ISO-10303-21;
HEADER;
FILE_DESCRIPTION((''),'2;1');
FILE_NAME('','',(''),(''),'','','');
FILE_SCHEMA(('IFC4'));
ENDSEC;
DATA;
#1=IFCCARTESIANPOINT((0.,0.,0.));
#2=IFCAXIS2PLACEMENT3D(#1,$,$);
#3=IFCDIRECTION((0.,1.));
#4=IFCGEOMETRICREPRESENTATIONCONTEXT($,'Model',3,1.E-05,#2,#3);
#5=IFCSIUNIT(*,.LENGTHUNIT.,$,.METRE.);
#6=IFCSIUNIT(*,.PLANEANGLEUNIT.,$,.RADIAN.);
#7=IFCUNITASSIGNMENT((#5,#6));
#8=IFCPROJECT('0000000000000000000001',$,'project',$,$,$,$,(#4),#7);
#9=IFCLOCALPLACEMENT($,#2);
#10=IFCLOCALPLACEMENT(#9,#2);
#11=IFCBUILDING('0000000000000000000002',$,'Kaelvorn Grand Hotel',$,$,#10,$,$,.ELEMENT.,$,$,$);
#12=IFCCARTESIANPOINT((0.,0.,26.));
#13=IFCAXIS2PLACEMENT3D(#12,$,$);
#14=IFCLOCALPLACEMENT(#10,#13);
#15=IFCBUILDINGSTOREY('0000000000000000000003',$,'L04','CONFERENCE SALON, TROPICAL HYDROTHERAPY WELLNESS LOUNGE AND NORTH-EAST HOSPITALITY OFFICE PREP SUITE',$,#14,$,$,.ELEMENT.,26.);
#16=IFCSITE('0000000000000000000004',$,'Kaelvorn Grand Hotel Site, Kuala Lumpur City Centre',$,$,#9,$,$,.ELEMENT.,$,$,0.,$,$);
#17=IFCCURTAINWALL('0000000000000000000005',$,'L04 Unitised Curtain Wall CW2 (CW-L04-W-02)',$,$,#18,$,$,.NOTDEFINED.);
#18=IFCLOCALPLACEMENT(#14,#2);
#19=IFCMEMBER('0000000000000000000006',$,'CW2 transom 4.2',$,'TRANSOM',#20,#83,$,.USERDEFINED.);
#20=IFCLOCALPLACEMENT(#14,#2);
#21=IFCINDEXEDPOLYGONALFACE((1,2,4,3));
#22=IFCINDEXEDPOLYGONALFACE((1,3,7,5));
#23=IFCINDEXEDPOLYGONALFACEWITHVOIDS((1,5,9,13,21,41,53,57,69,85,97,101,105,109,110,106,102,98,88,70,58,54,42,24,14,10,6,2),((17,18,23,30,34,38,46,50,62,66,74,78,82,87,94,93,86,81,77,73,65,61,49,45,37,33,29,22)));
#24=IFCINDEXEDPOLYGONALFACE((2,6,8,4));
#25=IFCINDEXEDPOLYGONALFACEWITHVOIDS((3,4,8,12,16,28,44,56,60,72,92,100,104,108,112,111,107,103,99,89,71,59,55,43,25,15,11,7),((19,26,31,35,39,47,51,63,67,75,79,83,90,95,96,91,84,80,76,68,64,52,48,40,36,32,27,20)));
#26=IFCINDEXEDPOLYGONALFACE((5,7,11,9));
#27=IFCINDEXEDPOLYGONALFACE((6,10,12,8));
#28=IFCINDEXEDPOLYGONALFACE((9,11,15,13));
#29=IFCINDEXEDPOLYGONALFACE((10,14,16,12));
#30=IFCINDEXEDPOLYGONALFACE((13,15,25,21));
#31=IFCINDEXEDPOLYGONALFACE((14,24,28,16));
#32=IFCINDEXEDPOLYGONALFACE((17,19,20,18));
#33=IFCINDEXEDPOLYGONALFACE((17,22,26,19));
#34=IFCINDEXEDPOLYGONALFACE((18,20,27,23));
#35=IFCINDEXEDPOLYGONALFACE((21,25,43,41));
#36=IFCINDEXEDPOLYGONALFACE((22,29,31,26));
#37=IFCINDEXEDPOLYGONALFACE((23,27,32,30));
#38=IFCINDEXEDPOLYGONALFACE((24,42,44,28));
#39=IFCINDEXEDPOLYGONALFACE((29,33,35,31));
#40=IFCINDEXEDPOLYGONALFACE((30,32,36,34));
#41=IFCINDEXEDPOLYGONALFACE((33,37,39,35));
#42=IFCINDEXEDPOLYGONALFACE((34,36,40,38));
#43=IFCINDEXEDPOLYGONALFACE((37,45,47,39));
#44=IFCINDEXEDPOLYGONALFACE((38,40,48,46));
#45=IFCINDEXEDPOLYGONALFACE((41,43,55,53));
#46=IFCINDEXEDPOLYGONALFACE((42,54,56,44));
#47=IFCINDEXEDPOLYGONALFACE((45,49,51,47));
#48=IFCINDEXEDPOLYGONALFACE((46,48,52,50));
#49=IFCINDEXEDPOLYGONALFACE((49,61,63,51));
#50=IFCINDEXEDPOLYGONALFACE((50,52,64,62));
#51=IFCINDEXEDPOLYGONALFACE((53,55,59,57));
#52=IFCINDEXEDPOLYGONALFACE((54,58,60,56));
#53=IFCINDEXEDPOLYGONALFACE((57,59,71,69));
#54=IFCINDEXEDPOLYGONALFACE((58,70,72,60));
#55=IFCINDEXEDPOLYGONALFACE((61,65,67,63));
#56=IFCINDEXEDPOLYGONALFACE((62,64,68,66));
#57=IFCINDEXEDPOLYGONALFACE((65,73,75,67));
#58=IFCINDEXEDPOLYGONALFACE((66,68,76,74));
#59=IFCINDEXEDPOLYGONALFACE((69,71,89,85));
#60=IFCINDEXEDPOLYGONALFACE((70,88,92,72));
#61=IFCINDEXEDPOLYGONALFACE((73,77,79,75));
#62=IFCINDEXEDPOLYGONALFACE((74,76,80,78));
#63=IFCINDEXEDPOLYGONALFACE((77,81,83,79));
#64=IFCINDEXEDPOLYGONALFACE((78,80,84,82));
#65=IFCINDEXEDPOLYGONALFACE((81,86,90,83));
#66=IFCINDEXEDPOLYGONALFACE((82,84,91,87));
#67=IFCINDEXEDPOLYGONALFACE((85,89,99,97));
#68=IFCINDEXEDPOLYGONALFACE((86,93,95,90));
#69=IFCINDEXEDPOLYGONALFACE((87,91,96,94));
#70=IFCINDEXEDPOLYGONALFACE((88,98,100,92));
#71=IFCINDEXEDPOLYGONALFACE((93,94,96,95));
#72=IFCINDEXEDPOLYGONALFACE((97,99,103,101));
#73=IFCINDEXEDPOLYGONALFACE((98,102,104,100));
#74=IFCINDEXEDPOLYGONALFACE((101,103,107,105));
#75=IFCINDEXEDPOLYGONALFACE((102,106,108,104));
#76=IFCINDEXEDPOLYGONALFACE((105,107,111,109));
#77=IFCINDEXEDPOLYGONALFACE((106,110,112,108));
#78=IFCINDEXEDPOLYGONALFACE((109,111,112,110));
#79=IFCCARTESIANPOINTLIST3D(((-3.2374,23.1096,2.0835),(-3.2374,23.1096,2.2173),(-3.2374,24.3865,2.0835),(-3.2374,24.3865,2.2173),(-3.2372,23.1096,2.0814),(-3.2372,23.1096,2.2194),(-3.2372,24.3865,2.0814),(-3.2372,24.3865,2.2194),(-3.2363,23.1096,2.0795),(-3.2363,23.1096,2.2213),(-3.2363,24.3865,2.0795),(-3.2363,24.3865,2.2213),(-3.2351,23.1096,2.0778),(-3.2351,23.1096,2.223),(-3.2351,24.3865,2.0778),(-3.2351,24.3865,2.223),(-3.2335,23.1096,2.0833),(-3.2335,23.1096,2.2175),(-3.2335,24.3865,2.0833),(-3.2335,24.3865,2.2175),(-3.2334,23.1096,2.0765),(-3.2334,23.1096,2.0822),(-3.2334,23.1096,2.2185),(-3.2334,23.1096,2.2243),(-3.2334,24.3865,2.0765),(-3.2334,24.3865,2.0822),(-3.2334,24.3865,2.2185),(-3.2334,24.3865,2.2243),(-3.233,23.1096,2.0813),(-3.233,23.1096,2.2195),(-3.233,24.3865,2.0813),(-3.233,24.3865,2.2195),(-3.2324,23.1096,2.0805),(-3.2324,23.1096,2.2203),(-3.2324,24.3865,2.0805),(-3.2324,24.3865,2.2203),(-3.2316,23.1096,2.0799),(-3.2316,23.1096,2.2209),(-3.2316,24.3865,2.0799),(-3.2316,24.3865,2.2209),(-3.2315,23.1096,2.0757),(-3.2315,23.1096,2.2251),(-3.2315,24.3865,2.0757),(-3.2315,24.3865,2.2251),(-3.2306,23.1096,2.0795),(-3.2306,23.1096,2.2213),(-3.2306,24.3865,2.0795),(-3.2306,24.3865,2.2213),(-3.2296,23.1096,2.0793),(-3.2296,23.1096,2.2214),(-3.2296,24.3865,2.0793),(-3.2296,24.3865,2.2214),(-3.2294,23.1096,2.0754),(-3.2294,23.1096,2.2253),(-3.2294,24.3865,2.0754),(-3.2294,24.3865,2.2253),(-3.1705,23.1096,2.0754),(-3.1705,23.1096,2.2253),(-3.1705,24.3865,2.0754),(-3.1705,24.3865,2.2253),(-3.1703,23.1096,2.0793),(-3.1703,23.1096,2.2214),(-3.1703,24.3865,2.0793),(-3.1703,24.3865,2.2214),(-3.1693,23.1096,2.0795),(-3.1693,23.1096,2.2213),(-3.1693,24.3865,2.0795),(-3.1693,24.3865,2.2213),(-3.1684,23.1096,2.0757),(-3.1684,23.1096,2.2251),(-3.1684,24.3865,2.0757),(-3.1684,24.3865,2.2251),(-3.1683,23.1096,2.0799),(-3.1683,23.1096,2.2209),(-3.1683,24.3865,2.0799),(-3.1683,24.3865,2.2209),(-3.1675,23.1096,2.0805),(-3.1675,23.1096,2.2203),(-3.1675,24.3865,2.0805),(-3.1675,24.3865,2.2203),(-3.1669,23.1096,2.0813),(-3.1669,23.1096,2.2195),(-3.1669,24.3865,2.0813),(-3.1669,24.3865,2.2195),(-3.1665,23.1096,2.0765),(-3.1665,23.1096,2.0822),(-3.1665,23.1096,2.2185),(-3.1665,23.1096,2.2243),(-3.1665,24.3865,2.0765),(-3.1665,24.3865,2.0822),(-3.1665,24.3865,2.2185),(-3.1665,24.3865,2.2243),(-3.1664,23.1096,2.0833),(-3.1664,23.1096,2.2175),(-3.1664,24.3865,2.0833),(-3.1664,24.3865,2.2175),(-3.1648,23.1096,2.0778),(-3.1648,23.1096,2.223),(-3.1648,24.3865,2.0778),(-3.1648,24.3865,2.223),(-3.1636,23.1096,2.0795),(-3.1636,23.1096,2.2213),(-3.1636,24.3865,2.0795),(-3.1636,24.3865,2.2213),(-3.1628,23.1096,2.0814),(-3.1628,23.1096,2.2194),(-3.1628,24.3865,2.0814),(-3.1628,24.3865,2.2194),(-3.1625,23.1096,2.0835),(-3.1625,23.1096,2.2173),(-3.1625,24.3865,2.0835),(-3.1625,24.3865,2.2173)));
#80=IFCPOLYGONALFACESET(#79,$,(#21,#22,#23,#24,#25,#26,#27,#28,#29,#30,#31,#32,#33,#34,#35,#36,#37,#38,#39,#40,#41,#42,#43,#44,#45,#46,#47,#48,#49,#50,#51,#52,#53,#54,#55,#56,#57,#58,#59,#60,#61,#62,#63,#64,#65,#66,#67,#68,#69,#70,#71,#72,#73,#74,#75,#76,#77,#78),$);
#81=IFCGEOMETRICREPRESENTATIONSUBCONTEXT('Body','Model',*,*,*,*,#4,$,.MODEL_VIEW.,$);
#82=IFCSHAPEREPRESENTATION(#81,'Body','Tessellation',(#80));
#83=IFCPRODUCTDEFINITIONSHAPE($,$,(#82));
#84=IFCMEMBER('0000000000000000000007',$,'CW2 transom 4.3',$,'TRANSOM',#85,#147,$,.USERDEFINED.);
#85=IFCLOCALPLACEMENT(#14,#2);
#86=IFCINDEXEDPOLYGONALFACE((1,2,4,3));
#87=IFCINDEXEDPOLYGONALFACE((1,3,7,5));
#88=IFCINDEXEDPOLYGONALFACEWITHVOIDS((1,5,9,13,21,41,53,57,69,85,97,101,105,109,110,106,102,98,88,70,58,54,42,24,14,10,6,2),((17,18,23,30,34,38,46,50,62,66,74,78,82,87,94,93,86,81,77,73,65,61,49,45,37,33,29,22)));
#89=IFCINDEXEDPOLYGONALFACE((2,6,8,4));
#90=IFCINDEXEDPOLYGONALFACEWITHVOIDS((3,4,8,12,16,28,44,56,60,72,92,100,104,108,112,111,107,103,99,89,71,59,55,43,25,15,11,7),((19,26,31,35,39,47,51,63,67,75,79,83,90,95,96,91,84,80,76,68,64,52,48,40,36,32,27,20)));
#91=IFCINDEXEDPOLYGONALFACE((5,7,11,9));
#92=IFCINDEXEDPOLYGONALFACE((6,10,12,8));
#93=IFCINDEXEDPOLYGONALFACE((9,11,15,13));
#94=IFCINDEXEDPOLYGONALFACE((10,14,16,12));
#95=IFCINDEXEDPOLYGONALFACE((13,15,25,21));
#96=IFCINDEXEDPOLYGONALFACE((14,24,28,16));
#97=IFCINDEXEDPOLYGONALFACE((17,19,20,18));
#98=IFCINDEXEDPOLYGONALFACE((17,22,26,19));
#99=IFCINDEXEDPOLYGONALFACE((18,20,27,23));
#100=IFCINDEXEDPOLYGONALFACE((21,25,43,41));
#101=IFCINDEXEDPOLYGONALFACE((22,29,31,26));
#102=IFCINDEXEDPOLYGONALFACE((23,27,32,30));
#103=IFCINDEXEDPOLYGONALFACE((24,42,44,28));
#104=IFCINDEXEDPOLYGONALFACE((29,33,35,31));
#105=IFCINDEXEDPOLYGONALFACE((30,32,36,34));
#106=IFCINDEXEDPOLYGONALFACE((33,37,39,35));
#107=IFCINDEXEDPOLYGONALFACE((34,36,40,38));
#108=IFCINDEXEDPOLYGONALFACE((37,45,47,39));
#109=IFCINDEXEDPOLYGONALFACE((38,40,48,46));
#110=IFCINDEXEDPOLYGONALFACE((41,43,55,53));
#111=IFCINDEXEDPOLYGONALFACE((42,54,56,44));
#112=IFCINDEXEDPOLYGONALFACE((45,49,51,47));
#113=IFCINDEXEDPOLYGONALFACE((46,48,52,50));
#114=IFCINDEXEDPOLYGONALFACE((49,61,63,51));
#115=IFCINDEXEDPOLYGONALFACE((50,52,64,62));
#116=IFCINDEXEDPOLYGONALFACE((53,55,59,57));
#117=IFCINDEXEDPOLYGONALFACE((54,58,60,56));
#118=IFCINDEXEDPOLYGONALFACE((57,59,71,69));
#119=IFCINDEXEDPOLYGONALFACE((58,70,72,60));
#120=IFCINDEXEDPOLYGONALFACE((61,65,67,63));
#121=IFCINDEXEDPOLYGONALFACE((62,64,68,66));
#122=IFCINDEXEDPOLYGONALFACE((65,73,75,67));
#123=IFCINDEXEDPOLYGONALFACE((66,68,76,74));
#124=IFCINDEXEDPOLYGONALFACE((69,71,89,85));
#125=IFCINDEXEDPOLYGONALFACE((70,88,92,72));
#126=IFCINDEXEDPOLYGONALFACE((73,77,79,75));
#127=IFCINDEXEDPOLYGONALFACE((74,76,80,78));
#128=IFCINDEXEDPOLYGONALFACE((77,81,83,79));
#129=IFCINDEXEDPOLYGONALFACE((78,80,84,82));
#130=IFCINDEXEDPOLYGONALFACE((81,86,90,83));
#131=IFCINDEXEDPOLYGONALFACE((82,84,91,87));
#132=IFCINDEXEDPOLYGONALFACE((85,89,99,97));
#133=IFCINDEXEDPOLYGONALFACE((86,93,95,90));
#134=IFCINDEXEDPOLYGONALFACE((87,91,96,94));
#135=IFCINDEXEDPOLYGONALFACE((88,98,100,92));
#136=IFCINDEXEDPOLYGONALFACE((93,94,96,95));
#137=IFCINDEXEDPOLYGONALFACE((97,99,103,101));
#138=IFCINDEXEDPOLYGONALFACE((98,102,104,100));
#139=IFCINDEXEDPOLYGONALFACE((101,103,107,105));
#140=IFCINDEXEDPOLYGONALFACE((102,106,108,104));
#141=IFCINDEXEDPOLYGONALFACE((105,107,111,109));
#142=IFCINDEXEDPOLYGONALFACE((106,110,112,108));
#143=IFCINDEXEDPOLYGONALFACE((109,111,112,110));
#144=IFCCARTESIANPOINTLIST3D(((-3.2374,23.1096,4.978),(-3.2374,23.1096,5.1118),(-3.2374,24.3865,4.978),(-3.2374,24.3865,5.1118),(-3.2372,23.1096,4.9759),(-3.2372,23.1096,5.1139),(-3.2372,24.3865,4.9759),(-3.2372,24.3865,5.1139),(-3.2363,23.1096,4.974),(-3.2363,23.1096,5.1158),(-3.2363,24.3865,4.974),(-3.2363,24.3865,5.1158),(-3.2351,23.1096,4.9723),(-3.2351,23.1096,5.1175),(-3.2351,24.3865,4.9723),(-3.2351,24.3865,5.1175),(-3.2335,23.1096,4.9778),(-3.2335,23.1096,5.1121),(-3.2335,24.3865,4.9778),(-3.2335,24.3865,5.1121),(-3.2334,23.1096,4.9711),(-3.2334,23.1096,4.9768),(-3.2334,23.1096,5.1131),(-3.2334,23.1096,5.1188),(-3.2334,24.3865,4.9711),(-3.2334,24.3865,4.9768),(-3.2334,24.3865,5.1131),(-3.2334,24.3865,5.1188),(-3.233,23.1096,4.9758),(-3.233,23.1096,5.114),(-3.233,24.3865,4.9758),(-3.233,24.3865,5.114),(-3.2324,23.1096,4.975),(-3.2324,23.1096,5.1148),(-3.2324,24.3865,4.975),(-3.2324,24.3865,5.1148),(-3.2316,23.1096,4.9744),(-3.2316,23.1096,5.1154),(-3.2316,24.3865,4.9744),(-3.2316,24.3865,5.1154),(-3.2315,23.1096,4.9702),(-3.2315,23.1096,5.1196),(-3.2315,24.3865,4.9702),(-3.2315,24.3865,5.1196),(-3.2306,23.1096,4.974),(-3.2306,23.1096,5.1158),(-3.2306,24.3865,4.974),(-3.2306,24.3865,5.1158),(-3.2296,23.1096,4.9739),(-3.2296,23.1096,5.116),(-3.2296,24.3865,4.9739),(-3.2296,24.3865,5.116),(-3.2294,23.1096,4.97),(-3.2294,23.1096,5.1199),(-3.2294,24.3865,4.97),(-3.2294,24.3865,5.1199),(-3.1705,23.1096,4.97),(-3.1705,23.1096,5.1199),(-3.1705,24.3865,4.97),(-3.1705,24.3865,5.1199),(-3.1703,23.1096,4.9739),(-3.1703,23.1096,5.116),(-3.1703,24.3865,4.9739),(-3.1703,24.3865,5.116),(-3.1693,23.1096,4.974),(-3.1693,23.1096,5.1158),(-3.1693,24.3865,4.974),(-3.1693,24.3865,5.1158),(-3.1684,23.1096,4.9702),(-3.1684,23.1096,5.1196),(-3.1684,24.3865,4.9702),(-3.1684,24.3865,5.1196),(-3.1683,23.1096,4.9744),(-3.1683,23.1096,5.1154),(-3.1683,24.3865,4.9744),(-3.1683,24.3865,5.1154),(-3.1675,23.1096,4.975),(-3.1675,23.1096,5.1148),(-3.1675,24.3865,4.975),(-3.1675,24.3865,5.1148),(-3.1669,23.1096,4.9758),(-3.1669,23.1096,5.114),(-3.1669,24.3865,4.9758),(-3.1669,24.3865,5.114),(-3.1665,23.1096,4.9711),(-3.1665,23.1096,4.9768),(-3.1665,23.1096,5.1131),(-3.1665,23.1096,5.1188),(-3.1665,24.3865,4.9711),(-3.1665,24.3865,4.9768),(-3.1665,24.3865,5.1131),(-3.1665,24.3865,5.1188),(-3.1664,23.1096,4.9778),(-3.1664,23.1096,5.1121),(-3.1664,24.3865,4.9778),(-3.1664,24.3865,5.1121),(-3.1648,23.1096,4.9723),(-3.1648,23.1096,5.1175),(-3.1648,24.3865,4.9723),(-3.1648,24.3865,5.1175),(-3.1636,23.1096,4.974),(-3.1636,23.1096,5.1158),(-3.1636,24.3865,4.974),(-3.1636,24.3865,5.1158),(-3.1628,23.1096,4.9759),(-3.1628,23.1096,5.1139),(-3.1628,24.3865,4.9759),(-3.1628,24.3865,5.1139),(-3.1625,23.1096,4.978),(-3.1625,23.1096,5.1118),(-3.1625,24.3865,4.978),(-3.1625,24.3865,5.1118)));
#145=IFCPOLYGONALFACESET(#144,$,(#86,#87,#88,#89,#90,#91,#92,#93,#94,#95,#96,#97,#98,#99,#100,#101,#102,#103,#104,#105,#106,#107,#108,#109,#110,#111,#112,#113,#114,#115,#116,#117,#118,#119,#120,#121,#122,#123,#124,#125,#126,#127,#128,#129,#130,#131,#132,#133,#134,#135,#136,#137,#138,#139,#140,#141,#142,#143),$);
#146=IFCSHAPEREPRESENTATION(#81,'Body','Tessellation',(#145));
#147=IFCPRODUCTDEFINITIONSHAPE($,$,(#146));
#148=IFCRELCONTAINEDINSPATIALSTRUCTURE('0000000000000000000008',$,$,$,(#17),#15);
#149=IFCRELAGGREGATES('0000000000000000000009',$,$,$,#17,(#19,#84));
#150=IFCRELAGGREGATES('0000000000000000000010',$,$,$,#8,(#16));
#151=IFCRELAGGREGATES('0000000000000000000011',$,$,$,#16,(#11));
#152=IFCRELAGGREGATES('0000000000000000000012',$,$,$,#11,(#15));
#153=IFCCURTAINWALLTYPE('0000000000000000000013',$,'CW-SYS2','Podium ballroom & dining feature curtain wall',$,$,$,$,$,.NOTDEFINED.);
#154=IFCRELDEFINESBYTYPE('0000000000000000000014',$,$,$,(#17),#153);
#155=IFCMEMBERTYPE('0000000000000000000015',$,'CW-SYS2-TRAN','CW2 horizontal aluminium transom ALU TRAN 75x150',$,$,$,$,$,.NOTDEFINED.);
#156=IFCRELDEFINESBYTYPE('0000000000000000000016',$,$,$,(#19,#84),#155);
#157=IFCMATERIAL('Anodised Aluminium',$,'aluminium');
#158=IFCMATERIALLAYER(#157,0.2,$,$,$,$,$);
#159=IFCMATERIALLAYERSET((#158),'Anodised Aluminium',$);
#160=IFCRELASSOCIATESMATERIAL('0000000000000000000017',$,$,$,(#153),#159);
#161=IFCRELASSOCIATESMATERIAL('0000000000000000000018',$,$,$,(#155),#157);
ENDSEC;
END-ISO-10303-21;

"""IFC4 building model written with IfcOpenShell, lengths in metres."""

from ifc_helpers import new_model, si_unit, direction, frame, origin, origin_2d, place, context, subcontext, project, spatial, hollow_rectangle, extrude, material, layer, layer_set, material_profile, profile_set, type_object, element, aggregate, save


model = new_model("IFC4")

# Units and contexts
model_context = context("Model", 3, precision=1e-05, world=origin(), true_north=direction((0.0, 1.0)))
body_context = subcontext(model_context, "Body", "Model", "MODEL_VIEW")
ifc_project = project(units=[si_unit("LENGTHUNIT", "METRE"), si_unit("PLANEANGLEUNIT", "RADIAN")], contexts=[model_context])

# Site, building, storey
site_placement = place(None, origin())
site = spatial("IfcSite", under=ifc_project, at=site_placement, Name="Kaelvorn Grand Hotel Site, Kuala Lumpur City Centre", CompositionType="ELEMENT", RefElevation=0.0)
building_placement = place(site_placement, origin())
building = spatial("IfcBuilding", under=site, at=building_placement, Name="Kaelvorn Grand Hotel", CompositionType="ELEMENT")
storey_placement = place(building_placement, frame((0.0, 0.0, 26.0)))
storey = spatial("IfcBuildingStorey", under=building, at=storey_placement, Name="L04", Description="CONFERENCE SALON, TROPICAL HYDROTHERAPY WELLNESS LOUNGE AND NORTH-EAST HOSPITALITY OFFICE PREP SUITE", CompositionType="ELEMENT", Elevation=26.0)

# Curtain wall
ifc_material_1 = material(Name="Anodised Aluminium", Category="aluminium")
ifc_layer_1 = layer(ifc_material_1, 0.2)
ifc_layer_set_1 = layer_set([ifc_layer_1], Name="Anodised Aluminium")
curtain_wall_type = type_object("IfcCurtainWallType", Name="CW-SYS2", Description="Podium ballroom & dining feature curtain wall", PredefinedType="NOTDEFINED", material=ifc_layer_set_1)
curtain_wall_1_placement = place(storey_placement, origin())
curtain_wall_1 = element("IfcCurtainWall", 1, at=curtain_wall_1_placement, inside=storey, type_object=curtain_wall_type, Name="L04 Unitised Curtain Wall CW2 (CW-L04-W-02)", PredefinedType="NOTDEFINED")

# Members
ifc_material_profile_1 = material_profile(ifc_material_1, hollow_rectangle(XDim=0.075, YDim=0.1499, WallThickness=0.0039, InnerFilletRadius=0.0039, OuterFilletRadius=0.0081, at=origin_2d()), Name="ALU TRAN 75x150")
ifc_profile_set_1 = profile_set([ifc_material_profile_1], Name="Anodised Aluminium")
member_type_1 = type_object("IfcMemberType", Name="CW-SYS2-TRAN", Description="CW2 horizontal aluminium transom ALU TRAN 75x150", PredefinedType="NOTDEFINED", material=ifc_profile_set_1)
member_1_placement = place(storey_placement, frame((-3.2, 24.3865, 2.1504), z_axis=(0.0, -1.0, 0.0), x_axis=(1.0, 0.0, 0.0)))
member_1 = element("IfcMember", 2, at=member_1_placement, type_object=member_type_1, Name="CW2 transom 4.2", ObjectType="TRANSOM", PredefinedType="USERDEFINED", context=body_context, shape_type="SweptSolid", body=[
    extrude(hollow_rectangle(XDim=0.075, YDim=0.1499, WallThickness=0.0039, InnerFilletRadius=0.0039, OuterFilletRadius=0.0081, at=origin_2d()), origin(), (0.0, 0.0, 1.0), 1.2769),
])
member_2_placement = place(storey_placement, frame((-3.2, 24.3865, 5.0449), z_axis=(0.0, -1.0, 0.0), x_axis=(1.0, 0.0, 0.0)))
member_2 = element("IfcMember", 3, at=member_2_placement, type_object=member_type_1, Name="CW2 transom 4.3", ObjectType="TRANSOM", PredefinedType="USERDEFINED", context=body_context, shape_type="SweptSolid", body=[
    extrude(hollow_rectangle(XDim=0.075, YDim=0.1499, WallThickness=0.0039, InnerFilletRadius=0.0039, OuterFilletRadius=0.0081, at=origin_2d()), origin(), (0.0, 0.0, 1.0), 1.2769),
])

aggregate(curtain_wall_1, [member_1, member_2])

save(model, "model.ifc")
